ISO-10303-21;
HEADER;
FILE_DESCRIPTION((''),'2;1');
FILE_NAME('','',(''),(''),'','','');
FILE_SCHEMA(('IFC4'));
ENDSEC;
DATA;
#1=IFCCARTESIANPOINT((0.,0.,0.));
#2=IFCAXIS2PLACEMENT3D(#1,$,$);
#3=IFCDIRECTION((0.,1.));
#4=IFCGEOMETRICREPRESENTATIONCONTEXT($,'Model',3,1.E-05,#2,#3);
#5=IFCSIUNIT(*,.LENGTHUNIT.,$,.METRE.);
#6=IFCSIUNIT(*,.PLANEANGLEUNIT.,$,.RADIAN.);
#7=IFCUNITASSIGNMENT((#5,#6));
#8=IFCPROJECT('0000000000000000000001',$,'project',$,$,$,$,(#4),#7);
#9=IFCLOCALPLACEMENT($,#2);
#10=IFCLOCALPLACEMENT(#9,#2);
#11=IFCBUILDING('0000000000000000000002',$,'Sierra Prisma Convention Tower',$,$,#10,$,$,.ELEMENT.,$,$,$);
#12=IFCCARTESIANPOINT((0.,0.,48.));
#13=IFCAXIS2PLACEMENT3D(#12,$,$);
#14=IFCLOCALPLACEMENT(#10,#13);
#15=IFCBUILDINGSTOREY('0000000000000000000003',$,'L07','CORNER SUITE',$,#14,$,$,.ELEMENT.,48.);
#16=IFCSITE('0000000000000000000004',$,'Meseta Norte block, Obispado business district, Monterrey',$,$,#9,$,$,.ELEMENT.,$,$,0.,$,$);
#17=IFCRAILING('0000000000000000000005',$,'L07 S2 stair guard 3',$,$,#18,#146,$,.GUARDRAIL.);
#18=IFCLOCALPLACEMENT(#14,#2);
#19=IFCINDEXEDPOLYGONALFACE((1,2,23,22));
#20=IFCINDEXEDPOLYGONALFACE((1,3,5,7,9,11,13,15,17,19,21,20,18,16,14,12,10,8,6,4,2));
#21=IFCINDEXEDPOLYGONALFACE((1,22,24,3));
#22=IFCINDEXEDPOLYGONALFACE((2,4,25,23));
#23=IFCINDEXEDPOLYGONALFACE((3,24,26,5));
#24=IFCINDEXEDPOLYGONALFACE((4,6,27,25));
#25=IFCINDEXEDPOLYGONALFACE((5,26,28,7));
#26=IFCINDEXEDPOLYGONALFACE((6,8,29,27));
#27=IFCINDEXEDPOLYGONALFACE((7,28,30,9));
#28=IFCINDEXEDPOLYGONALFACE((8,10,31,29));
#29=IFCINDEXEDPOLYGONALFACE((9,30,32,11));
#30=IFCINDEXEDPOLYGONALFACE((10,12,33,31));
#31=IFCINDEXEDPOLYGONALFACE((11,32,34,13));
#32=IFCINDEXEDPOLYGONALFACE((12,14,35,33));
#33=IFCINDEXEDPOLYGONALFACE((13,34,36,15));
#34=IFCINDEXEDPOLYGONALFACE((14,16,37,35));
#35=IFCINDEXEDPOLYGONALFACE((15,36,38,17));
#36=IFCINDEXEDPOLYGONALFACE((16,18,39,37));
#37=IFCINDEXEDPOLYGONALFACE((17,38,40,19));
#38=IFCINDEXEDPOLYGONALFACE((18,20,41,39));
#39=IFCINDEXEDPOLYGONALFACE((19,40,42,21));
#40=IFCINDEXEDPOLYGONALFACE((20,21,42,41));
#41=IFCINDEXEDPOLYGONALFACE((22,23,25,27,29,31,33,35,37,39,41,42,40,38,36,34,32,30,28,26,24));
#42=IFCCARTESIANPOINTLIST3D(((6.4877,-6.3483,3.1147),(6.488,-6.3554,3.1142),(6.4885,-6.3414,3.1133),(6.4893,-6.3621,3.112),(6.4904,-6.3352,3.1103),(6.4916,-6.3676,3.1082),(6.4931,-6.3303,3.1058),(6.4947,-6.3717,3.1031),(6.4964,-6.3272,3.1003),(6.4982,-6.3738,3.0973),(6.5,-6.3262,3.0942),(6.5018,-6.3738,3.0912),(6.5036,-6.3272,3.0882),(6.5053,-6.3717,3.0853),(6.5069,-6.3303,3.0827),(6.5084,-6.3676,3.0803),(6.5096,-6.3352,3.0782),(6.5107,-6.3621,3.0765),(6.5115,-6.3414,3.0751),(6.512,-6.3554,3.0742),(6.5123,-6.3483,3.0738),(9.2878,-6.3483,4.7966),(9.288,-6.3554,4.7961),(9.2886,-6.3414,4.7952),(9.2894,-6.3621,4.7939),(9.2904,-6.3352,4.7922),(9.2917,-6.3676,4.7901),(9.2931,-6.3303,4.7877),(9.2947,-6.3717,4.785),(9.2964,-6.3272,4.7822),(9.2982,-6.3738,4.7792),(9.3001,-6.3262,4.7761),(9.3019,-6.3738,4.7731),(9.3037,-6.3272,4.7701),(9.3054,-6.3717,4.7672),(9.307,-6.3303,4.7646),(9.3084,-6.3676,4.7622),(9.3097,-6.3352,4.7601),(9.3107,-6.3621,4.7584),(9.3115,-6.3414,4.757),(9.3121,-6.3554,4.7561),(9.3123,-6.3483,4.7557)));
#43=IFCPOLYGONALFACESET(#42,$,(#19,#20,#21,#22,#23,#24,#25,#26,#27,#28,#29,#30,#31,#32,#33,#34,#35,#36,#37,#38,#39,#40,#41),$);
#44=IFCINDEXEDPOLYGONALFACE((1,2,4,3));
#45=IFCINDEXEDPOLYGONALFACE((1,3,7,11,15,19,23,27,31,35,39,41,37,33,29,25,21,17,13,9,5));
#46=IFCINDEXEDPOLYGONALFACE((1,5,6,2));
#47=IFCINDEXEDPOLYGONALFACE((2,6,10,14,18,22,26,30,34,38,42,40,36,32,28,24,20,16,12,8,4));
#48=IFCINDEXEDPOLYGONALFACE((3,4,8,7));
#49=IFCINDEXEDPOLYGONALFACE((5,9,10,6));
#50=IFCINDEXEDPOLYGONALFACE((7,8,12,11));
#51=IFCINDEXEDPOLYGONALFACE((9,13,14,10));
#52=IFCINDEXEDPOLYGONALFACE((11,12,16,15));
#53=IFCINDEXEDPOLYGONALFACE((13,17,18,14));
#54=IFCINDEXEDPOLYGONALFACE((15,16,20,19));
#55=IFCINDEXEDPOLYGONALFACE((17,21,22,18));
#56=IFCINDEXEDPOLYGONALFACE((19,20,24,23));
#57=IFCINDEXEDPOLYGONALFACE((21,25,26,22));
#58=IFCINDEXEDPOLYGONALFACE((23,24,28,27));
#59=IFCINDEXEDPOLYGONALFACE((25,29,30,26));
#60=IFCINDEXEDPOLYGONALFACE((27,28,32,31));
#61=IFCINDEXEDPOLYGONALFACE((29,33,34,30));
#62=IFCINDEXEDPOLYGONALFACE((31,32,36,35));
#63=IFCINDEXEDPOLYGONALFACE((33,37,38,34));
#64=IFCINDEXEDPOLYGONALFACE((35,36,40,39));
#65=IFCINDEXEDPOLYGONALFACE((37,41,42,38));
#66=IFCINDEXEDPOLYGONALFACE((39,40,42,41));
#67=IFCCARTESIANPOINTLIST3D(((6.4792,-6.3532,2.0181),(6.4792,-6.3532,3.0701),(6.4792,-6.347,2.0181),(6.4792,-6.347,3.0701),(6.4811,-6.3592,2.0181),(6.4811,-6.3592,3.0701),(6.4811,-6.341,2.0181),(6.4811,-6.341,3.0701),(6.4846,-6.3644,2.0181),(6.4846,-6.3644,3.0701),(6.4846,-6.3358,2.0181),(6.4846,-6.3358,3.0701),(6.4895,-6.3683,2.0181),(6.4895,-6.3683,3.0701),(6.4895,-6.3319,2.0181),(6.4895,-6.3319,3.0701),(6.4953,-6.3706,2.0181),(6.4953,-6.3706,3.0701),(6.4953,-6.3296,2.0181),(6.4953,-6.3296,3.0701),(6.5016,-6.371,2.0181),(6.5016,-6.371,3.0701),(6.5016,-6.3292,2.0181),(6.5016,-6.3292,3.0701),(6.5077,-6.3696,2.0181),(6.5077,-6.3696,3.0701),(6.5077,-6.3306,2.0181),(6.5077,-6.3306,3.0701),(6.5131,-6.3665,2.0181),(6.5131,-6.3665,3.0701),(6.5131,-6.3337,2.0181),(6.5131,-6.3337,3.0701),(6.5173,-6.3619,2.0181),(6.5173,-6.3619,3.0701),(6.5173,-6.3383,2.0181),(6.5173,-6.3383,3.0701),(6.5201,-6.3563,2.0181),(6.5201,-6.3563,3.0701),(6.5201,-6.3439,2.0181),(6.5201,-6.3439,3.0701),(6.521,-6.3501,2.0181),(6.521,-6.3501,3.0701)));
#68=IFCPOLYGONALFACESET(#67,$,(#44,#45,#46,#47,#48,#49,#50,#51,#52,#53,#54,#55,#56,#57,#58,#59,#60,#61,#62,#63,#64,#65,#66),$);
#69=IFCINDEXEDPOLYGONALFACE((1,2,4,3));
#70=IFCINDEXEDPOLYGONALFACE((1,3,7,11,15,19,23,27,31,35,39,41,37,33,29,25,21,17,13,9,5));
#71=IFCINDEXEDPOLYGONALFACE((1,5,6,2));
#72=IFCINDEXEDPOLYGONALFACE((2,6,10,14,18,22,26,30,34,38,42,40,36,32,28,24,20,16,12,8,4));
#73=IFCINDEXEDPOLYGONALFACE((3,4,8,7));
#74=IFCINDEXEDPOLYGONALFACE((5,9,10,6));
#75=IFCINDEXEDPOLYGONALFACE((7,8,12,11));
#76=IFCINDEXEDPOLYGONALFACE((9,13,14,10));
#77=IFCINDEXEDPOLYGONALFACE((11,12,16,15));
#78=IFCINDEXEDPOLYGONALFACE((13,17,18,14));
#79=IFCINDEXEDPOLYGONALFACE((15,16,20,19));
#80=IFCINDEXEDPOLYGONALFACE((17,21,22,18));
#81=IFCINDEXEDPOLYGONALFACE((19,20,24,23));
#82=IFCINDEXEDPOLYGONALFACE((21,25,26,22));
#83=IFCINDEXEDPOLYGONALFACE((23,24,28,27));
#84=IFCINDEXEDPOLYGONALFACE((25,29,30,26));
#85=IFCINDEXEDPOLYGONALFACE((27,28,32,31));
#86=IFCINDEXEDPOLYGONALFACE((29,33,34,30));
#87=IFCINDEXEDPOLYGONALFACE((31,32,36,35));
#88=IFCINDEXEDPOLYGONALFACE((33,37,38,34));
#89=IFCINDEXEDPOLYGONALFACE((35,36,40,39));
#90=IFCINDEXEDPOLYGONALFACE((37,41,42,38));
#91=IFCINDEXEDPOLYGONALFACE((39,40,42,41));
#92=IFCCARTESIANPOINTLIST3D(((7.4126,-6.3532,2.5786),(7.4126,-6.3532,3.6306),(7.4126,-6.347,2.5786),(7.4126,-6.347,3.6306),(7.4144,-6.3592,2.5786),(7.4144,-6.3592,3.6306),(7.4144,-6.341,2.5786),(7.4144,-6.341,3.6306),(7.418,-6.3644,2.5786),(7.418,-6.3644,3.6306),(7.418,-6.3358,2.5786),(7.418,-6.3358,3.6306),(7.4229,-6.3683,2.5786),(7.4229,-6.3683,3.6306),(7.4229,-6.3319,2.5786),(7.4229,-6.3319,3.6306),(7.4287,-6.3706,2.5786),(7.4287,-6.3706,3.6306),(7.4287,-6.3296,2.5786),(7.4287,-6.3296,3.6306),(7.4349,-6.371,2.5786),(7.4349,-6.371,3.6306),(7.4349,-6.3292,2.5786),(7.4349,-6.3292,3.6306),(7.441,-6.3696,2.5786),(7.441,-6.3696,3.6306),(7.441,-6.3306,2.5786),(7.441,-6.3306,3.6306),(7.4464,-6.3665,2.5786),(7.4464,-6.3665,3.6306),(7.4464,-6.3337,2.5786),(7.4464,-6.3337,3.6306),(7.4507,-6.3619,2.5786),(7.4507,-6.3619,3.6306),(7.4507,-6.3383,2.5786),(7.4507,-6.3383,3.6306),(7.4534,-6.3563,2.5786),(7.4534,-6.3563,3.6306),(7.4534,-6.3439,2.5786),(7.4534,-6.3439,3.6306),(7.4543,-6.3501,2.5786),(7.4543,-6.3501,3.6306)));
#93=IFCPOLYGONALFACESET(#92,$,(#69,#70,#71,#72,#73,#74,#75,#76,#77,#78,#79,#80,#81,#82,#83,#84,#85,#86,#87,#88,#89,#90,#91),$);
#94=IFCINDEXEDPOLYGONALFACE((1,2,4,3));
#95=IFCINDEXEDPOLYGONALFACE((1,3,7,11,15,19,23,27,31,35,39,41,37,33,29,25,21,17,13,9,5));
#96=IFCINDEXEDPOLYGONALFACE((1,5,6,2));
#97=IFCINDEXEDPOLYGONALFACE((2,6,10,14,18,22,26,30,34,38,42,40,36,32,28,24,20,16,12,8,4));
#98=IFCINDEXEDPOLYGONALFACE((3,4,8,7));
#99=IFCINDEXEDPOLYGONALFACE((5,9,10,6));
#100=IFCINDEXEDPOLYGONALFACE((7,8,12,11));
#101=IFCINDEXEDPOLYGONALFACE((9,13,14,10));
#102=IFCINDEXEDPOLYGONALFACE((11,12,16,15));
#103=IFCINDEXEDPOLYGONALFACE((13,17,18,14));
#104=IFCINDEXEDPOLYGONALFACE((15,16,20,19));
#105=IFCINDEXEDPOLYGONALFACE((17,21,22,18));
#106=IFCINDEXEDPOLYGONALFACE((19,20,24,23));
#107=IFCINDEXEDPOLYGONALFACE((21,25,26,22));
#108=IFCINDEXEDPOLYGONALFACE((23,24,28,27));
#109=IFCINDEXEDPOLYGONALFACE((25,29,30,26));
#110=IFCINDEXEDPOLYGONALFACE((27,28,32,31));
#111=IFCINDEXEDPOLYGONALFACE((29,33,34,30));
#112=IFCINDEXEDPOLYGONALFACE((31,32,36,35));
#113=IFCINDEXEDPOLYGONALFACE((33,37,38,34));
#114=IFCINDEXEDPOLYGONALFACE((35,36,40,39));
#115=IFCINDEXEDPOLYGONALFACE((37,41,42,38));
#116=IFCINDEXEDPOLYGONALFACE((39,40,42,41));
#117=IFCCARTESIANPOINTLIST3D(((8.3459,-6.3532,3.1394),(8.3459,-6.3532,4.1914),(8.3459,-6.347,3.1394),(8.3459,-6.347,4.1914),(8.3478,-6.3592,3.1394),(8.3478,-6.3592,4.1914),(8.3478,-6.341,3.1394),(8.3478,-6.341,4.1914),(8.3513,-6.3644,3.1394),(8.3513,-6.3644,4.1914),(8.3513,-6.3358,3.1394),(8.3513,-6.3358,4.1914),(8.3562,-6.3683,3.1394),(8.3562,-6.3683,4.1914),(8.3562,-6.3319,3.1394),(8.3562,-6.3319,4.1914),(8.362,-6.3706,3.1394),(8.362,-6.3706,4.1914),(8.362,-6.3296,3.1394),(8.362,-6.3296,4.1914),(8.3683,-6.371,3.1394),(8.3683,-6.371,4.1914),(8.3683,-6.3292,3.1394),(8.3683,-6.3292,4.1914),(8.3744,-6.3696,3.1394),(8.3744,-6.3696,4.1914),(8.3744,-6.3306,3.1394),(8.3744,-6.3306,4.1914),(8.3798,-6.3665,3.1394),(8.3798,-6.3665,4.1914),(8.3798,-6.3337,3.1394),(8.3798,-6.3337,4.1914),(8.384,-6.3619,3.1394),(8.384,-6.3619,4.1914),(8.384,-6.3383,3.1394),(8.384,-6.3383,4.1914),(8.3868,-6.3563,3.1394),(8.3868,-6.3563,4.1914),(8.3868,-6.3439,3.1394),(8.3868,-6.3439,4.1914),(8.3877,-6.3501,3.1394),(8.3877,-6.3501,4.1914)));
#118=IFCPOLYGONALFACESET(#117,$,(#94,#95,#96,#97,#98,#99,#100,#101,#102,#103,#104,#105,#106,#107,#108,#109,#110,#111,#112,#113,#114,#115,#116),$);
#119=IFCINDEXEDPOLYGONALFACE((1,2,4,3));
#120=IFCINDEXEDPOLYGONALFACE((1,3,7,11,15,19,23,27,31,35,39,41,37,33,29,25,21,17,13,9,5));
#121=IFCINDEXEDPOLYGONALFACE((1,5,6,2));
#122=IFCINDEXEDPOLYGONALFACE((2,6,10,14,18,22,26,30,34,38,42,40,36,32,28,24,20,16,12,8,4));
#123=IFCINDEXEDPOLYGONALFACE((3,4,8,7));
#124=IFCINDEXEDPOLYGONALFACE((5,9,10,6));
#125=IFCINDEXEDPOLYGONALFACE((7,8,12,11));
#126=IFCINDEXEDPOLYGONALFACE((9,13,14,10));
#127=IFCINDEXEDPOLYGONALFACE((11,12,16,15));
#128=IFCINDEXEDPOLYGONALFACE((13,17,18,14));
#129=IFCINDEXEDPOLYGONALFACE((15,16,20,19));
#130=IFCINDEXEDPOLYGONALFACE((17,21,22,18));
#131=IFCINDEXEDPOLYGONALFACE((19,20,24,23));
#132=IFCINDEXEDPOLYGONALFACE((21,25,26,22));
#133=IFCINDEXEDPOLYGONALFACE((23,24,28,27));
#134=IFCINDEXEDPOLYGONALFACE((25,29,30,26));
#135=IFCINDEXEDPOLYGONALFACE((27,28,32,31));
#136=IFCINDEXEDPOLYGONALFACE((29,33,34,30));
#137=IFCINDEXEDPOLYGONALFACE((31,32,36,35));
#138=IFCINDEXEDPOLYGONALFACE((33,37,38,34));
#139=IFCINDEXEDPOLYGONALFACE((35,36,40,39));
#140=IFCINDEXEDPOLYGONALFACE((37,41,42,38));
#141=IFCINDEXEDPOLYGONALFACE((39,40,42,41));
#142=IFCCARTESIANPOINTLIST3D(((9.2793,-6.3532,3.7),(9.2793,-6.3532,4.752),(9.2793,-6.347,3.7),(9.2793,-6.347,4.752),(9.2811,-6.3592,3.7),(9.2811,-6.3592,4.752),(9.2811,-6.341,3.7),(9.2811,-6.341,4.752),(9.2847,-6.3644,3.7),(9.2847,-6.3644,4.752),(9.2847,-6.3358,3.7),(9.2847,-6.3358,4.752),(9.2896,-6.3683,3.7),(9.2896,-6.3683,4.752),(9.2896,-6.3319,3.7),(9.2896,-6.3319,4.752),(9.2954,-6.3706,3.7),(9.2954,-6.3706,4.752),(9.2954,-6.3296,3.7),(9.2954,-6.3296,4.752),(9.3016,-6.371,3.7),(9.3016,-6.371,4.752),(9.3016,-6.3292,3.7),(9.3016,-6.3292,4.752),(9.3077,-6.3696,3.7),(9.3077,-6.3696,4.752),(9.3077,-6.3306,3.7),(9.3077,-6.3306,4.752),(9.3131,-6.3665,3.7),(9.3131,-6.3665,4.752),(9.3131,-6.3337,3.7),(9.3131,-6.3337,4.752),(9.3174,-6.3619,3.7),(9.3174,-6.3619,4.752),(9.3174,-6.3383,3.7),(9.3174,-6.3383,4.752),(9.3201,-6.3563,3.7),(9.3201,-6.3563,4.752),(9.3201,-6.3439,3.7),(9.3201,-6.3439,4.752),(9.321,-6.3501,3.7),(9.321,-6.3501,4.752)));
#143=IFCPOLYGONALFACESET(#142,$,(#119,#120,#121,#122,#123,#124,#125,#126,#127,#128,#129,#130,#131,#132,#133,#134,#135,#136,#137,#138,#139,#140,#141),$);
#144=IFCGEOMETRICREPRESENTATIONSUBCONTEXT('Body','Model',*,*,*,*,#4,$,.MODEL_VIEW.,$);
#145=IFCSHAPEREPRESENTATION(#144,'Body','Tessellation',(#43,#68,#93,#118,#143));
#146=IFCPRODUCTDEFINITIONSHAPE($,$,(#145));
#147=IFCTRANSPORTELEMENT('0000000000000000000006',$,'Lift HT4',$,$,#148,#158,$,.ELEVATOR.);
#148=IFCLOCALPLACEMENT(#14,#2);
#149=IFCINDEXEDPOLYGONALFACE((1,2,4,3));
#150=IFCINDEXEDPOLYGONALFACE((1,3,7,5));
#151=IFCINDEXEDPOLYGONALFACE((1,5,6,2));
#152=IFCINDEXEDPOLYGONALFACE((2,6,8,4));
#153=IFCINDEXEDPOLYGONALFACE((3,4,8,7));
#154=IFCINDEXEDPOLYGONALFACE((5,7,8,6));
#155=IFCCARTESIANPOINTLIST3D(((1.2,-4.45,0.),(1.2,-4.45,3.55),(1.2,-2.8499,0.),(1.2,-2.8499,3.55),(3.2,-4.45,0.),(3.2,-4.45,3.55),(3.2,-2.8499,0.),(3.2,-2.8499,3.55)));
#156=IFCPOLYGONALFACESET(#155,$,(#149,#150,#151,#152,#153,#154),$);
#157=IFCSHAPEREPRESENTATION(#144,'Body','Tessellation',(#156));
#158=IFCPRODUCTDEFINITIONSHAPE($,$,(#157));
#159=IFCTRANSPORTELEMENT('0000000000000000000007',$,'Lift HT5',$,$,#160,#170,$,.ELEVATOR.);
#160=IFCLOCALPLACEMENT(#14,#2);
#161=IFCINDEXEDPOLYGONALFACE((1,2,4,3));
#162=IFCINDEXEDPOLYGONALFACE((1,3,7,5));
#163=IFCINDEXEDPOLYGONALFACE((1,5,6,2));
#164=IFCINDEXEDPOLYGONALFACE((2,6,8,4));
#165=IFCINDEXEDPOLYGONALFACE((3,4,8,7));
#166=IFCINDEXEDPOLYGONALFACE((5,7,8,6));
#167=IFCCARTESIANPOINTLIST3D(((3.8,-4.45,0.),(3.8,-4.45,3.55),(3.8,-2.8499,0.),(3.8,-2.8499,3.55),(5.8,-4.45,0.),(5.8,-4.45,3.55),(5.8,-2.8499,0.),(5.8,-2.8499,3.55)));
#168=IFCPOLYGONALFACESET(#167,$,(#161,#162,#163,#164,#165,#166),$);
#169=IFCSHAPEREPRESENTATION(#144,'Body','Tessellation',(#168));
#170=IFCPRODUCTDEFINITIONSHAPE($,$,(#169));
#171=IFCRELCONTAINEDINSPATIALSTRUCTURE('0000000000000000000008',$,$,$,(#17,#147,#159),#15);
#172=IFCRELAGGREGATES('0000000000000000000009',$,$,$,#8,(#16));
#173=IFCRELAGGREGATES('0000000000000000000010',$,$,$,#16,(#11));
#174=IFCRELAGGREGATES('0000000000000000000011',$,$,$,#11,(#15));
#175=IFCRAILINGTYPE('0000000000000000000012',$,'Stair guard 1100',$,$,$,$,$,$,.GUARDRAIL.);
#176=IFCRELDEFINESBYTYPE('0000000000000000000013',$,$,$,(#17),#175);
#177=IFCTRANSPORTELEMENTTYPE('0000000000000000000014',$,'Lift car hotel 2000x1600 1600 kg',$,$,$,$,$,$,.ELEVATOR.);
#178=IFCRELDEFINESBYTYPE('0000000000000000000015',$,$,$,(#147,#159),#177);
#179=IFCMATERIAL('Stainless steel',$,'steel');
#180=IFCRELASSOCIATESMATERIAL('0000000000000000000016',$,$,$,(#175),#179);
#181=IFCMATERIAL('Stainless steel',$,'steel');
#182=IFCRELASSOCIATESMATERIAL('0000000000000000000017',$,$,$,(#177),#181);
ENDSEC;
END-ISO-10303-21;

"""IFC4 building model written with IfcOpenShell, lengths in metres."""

from ifc_helpers import new_model, si_unit, direction, frame, origin, origin_2d, place, context, subcontext, project, spatial, rectangle, circle, extrude, material, type_object, element, save


model = new_model("IFC4")

# Units and contexts
model_context = context("Model", 3, precision=1e-05, world=origin(), true_north=direction((0.0, 1.0)))
body_context = subcontext(model_context, "Body", "Model", "MODEL_VIEW")
ifc_project = project(units=[si_unit("LENGTHUNIT", "METRE"), si_unit("PLANEANGLEUNIT", "RADIAN")], contexts=[model_context])

# Site, building, storey
site_placement = place(None, origin())
site = spatial("IfcSite", under=ifc_project, at=site_placement, Name="Meseta Norte block, Obispado business district, Monterrey", CompositionType="ELEMENT", RefElevation=0.0)
building_placement = place(site_placement, origin())
building = spatial("IfcBuilding", under=site, at=building_placement, Name="Sierra Prisma Convention Tower", CompositionType="ELEMENT")
storey_placement = place(building_placement, frame((0.0, 0.0, 48.0)))
storey = spatial("IfcBuildingStorey", under=building, at=storey_placement, Name="L07", Description="CORNER SUITE", CompositionType="ELEMENT", Elevation=48.0)

# Railing
ifc_material_1 = material(Name="Stainless steel", Category="steel")
railing_type_1 = type_object("IfcRailingType", Name="Stair guard 1100", PredefinedType="GUARDRAIL", material=ifc_material_1)
railing_1_placement = place(storey_placement, frame((6.5, -6.3501, 2.0181)))
element("IfcRailing", 1, at=railing_1_placement, inside=storey, type_object=railing_type_1, Name="L07 S2 stair guard 3", PredefinedType="GUARDRAIL", context=body_context, shape_type="SweptSolid", body=[
    extrude(circle(Radius=0.0239, at=origin_2d()), frame((0.0, 0.0, 1.0762), z_axis=(0.857242, 0.0, 0.514913), x_axis=(0.0, 1.0, 0.0)), (0.0, 0.0, 1.0), 3.2664),
    extrude(circle(Radius=0.021, at=origin_2d()), origin(), (0.0, 0.0, 1.0), 1.052),
    extrude(circle(Radius=0.021, at=origin_2d()), frame((0.9333, 0.0, 0.5605)), (0.0, 0.0, 1.0), 1.052),
    extrude(circle(Radius=0.021, at=origin_2d()), frame((1.8667, 0.0, 1.1213)), (0.0, 0.0, 1.0), 1.052),
    extrude(circle(Radius=0.021, at=origin_2d()), frame((2.8, 0.0, 1.6819)), (0.0, 0.0, 1.0), 1.052),
])

# Transport elements
ifc_material_2 = material(Name="Stainless steel", Category="steel")
transport_element_type = type_object("IfcTransportElementType", Name="Lift car hotel 2000x1600 1600 kg", PredefinedType="ELEVATOR", material=ifc_material_2)
for number, where, z_axis, x_axis, name in (
    (2, (2.2, -3.6499, 0.0), (0.0, 0.0, 1.0), (1.0, 0.0, 0.0), "Lift HT4"),
    (3, (4.8, -3.6499, 0.0), (0.0, 0.0, 1.0), (1.0, 0.0, 0.0), "Lift HT5"),
):
    element("IfcTransportElement", number, at=place(storey_placement, frame(where, z_axis=z_axis, x_axis=x_axis)), inside=storey, type_object=transport_element_type, Name=name, PredefinedType="ELEVATOR", context=body_context, shape_type="SweptSolid", body=[
        extrude(rectangle(XDim=2.0, YDim=1.6001, at=origin_2d()), origin(), (0.0, 0.0, 1.0), 3.55),
    ])

save(model, "model.ifc")
